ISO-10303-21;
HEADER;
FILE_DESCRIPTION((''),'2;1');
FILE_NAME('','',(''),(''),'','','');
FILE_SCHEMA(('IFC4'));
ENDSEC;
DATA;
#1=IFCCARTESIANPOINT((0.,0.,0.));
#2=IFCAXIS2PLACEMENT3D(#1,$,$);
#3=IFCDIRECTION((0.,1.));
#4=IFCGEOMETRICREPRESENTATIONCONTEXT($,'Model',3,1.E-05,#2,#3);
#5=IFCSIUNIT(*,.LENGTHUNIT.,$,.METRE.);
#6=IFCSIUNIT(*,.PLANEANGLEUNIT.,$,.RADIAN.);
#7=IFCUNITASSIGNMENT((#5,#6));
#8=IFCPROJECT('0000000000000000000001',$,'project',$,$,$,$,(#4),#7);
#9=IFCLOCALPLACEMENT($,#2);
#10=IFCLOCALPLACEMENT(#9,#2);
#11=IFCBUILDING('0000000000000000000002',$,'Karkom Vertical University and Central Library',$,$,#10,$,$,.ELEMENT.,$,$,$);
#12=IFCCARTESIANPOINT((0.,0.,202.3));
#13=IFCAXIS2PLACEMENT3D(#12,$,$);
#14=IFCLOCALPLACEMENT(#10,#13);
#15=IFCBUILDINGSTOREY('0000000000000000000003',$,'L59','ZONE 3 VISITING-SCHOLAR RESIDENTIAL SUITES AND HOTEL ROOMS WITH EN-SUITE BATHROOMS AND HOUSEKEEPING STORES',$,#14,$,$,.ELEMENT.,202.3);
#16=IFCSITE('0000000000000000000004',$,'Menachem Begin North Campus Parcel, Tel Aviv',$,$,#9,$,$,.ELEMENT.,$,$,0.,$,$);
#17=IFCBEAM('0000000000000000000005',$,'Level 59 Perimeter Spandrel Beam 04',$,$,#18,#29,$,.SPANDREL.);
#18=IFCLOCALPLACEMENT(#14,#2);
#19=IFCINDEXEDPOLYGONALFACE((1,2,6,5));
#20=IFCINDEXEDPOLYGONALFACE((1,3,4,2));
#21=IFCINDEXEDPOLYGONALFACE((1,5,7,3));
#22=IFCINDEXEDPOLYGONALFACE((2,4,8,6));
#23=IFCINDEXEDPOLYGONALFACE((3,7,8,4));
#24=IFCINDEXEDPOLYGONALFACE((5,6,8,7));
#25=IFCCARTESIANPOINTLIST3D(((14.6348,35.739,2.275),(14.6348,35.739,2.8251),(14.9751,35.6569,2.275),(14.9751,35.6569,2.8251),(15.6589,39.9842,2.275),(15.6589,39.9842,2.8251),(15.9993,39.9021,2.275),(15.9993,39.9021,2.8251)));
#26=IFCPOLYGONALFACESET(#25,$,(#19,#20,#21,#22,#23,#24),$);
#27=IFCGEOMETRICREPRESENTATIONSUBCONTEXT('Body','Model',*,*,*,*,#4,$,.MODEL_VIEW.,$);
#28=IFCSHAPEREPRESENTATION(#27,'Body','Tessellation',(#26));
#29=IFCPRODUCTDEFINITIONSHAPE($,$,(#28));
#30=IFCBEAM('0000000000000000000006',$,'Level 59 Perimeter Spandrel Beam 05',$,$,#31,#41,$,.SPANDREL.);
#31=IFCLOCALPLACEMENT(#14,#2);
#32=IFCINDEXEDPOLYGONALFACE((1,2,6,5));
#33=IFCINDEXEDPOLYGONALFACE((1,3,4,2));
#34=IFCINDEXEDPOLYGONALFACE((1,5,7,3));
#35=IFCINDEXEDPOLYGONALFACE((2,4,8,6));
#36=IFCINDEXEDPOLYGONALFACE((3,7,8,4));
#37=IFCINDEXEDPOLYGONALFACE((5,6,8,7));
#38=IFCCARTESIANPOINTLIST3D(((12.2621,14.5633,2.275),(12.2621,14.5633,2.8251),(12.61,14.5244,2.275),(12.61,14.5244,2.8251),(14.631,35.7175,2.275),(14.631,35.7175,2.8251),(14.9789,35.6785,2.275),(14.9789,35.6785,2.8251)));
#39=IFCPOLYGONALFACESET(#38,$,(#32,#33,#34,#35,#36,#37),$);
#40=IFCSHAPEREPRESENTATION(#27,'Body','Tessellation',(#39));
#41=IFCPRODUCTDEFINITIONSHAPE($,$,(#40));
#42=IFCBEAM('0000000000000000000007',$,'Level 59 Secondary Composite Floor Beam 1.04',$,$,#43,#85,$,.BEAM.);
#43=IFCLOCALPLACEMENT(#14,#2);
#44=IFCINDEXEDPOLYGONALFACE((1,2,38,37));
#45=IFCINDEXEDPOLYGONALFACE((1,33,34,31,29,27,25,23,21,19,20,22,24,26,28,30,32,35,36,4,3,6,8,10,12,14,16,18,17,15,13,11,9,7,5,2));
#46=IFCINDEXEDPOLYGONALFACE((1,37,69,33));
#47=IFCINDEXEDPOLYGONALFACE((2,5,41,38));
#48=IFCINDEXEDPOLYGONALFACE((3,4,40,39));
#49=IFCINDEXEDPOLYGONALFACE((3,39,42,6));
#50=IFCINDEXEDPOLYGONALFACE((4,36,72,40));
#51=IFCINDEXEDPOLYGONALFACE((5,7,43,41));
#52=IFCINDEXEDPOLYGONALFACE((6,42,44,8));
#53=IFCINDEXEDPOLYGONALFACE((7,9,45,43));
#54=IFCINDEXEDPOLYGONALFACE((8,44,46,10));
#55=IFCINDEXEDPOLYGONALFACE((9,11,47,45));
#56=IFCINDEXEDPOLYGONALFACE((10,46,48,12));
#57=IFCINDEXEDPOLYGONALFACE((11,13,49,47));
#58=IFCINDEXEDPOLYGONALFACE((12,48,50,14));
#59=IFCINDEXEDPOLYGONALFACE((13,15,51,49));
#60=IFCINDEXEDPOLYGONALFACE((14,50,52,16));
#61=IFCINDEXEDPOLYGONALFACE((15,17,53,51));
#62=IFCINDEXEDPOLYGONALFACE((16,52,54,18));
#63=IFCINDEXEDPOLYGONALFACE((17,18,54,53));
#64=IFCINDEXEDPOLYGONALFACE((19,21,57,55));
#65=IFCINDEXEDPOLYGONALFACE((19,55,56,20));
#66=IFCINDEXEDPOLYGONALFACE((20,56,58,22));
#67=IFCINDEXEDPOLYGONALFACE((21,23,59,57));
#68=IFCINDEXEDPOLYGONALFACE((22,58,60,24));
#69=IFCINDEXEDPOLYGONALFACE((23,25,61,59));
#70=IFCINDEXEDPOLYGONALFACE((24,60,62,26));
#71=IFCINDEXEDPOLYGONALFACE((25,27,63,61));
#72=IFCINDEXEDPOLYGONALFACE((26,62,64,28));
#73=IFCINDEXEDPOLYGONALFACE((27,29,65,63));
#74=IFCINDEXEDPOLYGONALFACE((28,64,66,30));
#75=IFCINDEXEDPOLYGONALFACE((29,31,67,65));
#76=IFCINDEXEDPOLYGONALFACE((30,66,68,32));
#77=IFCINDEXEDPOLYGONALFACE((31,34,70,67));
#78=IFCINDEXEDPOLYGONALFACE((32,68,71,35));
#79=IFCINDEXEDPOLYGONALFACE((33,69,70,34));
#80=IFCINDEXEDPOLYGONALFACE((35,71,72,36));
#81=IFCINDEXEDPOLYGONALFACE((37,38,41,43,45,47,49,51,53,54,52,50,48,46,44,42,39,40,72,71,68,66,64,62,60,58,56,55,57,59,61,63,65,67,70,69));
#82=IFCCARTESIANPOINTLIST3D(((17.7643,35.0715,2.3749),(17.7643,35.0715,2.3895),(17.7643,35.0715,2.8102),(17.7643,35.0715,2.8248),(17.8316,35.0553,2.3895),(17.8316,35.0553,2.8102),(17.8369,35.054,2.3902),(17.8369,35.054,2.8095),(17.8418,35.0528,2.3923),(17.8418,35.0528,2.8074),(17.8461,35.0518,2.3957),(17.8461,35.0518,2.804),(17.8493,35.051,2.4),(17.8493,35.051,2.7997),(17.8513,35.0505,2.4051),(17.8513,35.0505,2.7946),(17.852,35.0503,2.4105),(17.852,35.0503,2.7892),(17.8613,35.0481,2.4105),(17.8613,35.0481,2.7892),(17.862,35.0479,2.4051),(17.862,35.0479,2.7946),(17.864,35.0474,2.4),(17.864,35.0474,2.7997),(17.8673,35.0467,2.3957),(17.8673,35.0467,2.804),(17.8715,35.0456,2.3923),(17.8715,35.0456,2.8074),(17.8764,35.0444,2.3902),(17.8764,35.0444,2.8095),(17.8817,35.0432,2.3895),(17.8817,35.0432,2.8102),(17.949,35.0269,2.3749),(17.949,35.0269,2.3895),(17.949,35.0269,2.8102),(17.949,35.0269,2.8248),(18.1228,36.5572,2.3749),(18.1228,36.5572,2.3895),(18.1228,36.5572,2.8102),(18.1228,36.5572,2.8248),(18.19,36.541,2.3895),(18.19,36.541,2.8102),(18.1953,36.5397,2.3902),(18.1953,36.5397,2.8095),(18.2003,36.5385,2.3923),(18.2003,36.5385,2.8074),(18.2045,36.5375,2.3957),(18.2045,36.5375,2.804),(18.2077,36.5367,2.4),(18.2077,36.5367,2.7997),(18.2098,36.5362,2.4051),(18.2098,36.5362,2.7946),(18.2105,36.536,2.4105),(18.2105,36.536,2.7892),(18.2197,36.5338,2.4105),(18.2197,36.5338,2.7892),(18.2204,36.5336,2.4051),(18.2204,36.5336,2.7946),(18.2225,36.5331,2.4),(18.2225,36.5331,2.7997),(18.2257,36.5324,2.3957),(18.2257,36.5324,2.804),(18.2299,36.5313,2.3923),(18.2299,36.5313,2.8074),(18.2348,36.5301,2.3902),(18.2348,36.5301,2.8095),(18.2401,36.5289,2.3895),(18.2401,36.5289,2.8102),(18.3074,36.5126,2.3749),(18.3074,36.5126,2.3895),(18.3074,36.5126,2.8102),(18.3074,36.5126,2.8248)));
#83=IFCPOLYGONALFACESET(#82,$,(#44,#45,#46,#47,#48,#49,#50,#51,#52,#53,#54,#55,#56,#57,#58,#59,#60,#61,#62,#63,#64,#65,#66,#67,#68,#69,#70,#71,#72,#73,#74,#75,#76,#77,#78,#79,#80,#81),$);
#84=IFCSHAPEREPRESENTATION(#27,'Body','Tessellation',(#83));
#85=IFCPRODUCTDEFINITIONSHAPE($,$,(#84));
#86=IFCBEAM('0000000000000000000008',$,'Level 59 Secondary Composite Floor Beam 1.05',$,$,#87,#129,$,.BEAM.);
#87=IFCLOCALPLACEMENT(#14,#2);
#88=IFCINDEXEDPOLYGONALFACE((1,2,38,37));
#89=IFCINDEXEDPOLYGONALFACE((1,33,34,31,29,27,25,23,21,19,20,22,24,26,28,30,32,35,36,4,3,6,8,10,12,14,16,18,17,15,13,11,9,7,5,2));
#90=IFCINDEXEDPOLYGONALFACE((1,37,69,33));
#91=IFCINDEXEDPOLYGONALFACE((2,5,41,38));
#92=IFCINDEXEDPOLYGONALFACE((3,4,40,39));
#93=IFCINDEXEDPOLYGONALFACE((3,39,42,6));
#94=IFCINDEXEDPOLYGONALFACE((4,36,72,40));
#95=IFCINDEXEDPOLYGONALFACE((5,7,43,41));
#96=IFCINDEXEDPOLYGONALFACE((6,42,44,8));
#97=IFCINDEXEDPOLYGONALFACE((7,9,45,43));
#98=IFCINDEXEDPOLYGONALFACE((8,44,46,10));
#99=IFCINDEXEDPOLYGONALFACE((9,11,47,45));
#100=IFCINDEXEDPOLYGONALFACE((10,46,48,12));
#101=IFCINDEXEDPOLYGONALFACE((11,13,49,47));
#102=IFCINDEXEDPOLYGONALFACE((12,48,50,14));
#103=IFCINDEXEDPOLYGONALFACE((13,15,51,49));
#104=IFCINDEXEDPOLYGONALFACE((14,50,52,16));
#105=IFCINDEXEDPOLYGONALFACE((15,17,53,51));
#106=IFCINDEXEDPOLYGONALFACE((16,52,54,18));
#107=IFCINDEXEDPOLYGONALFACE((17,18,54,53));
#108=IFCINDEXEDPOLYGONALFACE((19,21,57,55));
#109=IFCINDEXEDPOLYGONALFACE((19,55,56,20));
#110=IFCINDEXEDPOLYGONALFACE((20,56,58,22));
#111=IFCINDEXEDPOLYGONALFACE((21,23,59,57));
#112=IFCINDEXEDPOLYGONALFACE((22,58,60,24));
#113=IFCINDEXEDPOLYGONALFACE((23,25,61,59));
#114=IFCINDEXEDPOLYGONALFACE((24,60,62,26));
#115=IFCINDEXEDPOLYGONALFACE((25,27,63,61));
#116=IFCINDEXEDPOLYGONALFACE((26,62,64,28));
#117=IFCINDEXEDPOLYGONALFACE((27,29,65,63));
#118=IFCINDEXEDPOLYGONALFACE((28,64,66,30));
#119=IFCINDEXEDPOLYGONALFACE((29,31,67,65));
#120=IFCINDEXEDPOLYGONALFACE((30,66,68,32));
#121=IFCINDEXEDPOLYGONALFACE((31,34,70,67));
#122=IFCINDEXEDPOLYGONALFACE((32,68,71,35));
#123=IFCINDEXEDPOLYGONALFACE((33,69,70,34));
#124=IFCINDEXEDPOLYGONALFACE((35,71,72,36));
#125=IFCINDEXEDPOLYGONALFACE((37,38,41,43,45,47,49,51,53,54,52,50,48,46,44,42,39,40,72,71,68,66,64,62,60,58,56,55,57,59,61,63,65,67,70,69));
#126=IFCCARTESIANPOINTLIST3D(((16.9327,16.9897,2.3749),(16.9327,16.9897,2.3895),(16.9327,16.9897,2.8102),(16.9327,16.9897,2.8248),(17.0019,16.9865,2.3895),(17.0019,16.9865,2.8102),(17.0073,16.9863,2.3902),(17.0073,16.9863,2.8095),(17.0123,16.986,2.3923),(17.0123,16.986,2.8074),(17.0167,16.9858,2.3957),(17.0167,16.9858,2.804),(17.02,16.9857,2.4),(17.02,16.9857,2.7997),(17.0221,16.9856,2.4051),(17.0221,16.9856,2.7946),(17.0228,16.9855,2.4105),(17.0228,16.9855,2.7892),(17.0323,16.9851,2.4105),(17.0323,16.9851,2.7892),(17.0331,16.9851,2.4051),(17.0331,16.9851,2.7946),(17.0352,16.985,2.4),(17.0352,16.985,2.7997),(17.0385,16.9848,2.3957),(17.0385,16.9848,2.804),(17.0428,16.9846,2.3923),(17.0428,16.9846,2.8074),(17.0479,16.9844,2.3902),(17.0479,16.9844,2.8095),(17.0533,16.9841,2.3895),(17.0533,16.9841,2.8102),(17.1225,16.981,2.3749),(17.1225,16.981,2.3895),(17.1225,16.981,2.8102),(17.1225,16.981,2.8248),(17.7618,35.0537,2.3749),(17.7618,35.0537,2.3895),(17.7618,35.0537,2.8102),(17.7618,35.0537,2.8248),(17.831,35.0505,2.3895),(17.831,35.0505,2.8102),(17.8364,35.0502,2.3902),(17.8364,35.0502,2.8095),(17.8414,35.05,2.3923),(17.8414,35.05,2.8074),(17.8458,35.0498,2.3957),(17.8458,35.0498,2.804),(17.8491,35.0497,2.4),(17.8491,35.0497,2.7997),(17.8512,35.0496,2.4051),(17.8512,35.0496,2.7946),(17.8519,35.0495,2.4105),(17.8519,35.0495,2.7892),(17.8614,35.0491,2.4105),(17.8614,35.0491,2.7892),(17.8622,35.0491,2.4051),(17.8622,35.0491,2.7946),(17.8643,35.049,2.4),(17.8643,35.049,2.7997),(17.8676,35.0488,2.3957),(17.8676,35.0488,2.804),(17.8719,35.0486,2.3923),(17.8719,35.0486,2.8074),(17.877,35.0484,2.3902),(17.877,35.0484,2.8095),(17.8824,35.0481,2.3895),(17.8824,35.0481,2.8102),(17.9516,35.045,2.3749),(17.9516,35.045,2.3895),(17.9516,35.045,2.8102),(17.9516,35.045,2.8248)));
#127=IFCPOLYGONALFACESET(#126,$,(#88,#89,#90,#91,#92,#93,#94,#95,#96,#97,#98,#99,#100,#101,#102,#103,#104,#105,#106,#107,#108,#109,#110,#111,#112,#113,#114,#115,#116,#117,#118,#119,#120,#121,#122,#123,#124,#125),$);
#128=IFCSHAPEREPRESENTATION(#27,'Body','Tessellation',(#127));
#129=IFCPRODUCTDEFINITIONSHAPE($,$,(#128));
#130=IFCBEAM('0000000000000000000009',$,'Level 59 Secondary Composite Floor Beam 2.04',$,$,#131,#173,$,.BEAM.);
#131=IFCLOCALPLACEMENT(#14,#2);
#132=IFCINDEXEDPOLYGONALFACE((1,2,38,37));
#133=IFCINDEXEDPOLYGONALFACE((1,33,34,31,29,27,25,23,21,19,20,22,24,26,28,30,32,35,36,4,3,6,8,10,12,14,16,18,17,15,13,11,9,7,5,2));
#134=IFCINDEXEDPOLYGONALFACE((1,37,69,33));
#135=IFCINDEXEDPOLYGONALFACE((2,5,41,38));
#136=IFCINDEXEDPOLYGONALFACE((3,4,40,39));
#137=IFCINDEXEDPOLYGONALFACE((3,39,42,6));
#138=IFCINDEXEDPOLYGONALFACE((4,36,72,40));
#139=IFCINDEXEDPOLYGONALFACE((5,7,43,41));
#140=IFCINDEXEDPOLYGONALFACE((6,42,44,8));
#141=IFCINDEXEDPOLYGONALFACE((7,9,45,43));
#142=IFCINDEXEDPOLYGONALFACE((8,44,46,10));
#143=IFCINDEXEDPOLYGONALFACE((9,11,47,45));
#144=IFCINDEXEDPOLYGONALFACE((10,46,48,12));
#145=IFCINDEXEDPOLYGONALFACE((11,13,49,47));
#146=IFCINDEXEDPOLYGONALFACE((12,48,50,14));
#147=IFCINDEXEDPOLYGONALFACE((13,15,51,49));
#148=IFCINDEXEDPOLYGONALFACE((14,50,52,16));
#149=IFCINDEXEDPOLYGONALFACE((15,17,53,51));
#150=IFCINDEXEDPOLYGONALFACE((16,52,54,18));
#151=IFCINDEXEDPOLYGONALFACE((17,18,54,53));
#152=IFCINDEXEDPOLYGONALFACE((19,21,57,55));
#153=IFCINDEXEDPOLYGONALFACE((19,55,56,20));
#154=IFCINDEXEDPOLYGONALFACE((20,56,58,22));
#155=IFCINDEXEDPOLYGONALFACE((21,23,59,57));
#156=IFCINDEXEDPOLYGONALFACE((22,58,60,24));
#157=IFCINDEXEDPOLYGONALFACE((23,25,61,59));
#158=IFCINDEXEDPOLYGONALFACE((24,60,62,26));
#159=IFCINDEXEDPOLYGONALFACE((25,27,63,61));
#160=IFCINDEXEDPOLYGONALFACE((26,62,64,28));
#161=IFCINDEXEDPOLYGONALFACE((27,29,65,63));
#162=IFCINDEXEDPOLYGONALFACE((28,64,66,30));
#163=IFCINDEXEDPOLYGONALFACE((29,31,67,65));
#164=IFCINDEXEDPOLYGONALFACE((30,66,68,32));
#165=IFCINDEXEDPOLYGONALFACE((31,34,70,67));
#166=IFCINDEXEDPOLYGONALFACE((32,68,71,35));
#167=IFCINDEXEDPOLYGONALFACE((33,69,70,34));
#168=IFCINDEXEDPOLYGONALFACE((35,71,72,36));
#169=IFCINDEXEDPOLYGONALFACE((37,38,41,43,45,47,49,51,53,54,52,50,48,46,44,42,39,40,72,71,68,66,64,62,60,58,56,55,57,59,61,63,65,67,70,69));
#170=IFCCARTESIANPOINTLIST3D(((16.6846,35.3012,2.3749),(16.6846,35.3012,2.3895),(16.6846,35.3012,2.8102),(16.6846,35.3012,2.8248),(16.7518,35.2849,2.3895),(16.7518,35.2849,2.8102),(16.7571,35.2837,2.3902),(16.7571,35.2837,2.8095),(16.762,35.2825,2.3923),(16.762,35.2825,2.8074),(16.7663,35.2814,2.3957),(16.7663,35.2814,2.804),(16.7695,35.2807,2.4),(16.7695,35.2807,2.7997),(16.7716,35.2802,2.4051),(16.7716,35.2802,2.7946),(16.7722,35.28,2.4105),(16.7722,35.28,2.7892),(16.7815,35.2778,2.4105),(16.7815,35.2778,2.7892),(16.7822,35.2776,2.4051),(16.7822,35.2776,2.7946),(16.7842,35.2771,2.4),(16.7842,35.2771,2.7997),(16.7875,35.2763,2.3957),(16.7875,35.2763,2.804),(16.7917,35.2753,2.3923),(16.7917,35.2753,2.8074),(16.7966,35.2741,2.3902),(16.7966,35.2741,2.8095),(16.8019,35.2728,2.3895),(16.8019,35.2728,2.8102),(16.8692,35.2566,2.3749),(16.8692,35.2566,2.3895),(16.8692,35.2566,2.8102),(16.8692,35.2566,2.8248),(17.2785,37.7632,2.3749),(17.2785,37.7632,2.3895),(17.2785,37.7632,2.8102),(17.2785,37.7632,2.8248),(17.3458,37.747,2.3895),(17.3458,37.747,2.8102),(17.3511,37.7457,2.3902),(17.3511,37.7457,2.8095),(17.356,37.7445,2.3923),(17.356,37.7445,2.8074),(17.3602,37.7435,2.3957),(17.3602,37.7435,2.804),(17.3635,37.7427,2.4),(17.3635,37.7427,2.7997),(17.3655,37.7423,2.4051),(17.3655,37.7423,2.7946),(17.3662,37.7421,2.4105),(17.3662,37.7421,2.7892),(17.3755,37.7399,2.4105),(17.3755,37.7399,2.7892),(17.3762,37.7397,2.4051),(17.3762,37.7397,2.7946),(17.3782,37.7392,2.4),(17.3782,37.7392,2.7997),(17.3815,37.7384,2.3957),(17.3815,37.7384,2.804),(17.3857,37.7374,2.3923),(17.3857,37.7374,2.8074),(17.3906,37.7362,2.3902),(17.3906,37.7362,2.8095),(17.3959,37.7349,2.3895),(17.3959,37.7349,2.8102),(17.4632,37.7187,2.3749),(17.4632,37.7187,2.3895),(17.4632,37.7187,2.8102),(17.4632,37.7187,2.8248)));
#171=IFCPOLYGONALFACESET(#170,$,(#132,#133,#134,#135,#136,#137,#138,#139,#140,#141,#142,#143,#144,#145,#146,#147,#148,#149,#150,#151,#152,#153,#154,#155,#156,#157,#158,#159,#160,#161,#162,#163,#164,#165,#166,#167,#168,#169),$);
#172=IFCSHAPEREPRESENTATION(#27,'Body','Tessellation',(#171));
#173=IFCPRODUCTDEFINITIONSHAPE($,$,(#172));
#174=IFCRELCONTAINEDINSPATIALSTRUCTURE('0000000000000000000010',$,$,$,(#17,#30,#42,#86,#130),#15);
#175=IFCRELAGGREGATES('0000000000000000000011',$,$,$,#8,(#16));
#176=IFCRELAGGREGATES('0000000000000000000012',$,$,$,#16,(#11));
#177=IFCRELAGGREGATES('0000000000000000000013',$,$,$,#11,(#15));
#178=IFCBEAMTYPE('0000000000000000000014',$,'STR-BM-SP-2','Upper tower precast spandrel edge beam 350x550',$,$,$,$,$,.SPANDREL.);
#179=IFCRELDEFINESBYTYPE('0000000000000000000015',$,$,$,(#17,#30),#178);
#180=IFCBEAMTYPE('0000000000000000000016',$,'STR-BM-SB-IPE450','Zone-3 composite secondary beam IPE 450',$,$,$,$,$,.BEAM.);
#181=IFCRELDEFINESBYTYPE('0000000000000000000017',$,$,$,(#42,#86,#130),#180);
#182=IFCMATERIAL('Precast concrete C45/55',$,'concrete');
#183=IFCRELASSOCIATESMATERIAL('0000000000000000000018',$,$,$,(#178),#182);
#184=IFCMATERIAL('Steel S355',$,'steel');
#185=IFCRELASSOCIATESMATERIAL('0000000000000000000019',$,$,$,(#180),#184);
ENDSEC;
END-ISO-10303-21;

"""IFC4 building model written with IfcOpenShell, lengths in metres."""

from ifc_helpers import new_model, si_unit, direction, frame, origin, origin_with_axes, origin_2d, place, context, subcontext, project, spatial, rectangle, i_section, extrude, source, transform, mapped, material, material_profile, profile_set, type_object, element, save


model = new_model("IFC4")

# Units and contexts
model_context = context("Model", 3, precision=1e-05, world=origin(), true_north=direction((0.0, 1.0)))
body_context = subcontext(model_context, "Body", "Model", "MODEL_VIEW")
ifc_project = project(units=[si_unit("LENGTHUNIT", "METRE"), si_unit("PLANEANGLEUNIT", "RADIAN")], contexts=[model_context])

# Site, building, storey
site_placement = place(None, origin())
site = spatial("IfcSite", under=ifc_project, at=site_placement, Name="Menachem Begin North Campus Parcel, Tel Aviv", CompositionType="ELEMENT", RefElevation=0.0)
building_placement = place(site_placement, origin())
building = spatial("IfcBuilding", under=site, at=building_placement, Name="Karkom Vertical University and Central Library", CompositionType="ELEMENT")
storey_placement = place(building_placement, frame((0.0, 0.0, 202.3)))
storey = spatial("IfcBuildingStorey", under=building, at=storey_placement, Name="L59", Description="ZONE 3 VISITING-SCHOLAR RESIDENTIAL SUITES AND HOTEL ROOMS WITH EN-SUITE BATHROOMS AND HOUSEKEEPING STORES", CompositionType="ELEMENT", Elevation=202.3)

# Beams
ifc_material_1 = material(Name="Precast concrete C45/55", Category="concrete")
ifc_material_profile_1 = material_profile(ifc_material_1, rectangle(XDim=0.3501, YDim=0.55, at=origin_2d()), Name="SPB-350x550")
ifc_profile_set_1 = profile_set([ifc_material_profile_1], Name="Precast concrete C45/55")
beam_type_1 = type_object("IfcBeamType", Name="STR-BM-SP-2", Description="Upper tower precast spandrel edge beam 350x550", PredefinedType="SPANDREL", material=ifc_profile_set_1)
shared_shape_1 = source(origin_with_axes(), body_context, "Body", "SweptSolid", [
    extrude(rectangle(XDim=0.3501, YDim=0.55, at=origin_2d()), origin(), (0.0, 0.0, 1.0), 4.3669),
])
beam_1_placement = place(storey_placement, frame((15.8291, 39.9431, 2.55), z_axis=(-0.234529, -0.972109, 0.0), x_axis=(0.972109, -0.234529, 0.0)))
element("IfcBeam", 1, at=beam_1_placement, inside=storey, type_object=beam_type_1, Name="Level 59 Perimeter Spandrel Beam 04", PredefinedType="SPANDREL", context=body_context, shape_type="MappedRepresentation", body=[
    mapped(shared_shape_1, transform((0.0, 0.0, 0.0), scale=1.0)),
])
shared_shape_2 = source(origin_with_axes(), body_context, "Body", "SweptSolid", [
    extrude(rectangle(XDim=0.3501, YDim=0.55, at=origin_2d()), origin(), (0.0, 0.0, 1.0), 21.2864),
])
beam_2_placement = place(storey_placement, frame((14.8049, 35.698, 2.55), z_axis=(-0.111287, -0.993788, 0.0), x_axis=(0.993788, -0.111287, 0.0)))
element("IfcBeam", 2, at=beam_2_placement, inside=storey, type_object=beam_type_1, Name="Level 59 Perimeter Spandrel Beam 05", PredefinedType="SPANDREL", context=body_context, shape_type="MappedRepresentation", body=[
    mapped(shared_shape_2, transform((0.0, 0.0, 0.0), scale=1.0)),
])
ifc_material_2 = material(Name="Steel S355", Category="steel")
ifc_material_profile_2 = material_profile(ifc_material_2, i_section(OverallWidth=0.1899, OverallDepth=0.45, WebThickness=0.0095, FlangeThickness=0.0146, FilletRadius=0.021, at=origin_2d()), Name="IPE 450")
ifc_profile_set_2 = profile_set([ifc_material_profile_2], Name="Steel S355")
beam_type_2 = type_object("IfcBeamType", Name="STR-BM-SB-IPE450", Description="Zone-3 composite secondary beam IPE 450", PredefinedType="BEAM", material=ifc_profile_set_2)
shared_shape_3 = source(origin_with_axes(), body_context, "Body", "SweptSolid", [
    extrude(i_section(OverallWidth=0.1899, OverallDepth=0.45, WebThickness=0.0095, FlangeThickness=0.0146, FilletRadius=0.021, at=origin_2d()), origin(), (0.0, 0.0, 1.0), 1.5283),
])
beam_3_placement = place(storey_placement, frame((18.2151, 36.5349, 2.5999), z_axis=(-0.234521, -0.972111, 0.0), x_axis=(0.972111, -0.234521, 0.0)))
element("IfcBeam", 3, at=beam_3_placement, inside=storey, type_object=beam_type_2, Name="Level 59 Secondary Composite Floor Beam 1.04", PredefinedType="BEAM", context=body_context, shape_type="MappedRepresentation", body=[
    mapped(shared_shape_3, transform((0.0, 0.0, 0.0), scale=1.0)),
])
shared_shape_4 = source(origin_with_axes(), body_context, "Body", "SweptSolid", [
    extrude(i_section(OverallWidth=0.1899, OverallDepth=0.45, WebThickness=0.0095, FlangeThickness=0.0146, FilletRadius=0.021, at=origin_2d()), origin(), (0.0, 0.0, 1.0), 18.083),
])
beam_4_placement = place(storey_placement, frame((17.8567, 35.0493, 2.5999), z_axis=(-0.04585, -0.998948, 0.0), x_axis=(0.998948, -0.04585, 0.0)))
element("IfcBeam", 4, at=beam_4_placement, inside=storey, type_object=beam_type_2, Name="Level 59 Secondary Composite Floor Beam 1.05", PredefinedType="BEAM", context=body_context, shape_type="MappedRepresentation", body=[
    mapped(shared_shape_4, transform((0.0, 0.0, 0.0), scale=1.0)),
])
shared_shape_5 = source(origin_with_axes(), body_context, "Body", "SweptSolid", [
    extrude(i_section(OverallWidth=0.1899, OverallDepth=0.45, WebThickness=0.0095, FlangeThickness=0.0146, FilletRadius=0.021, at=origin_2d()), origin(), (0.0, 0.0, 1.0), 2.5327),
])
beam_5_placement = place(storey_placement, frame((17.3708, 37.741, 2.5999), z_axis=(-0.234521, -0.972111, 0.0), x_axis=(0.972111, -0.234521, 0.0)))
element("IfcBeam", 5, at=beam_5_placement, inside=storey, type_object=beam_type_2, Name="Level 59 Secondary Composite Floor Beam 2.04", PredefinedType="BEAM", context=body_context, shape_type="MappedRepresentation", body=[
    mapped(shared_shape_5, transform((0.0, 0.0, 0.0), scale=1.0)),
])

save(model, "model.ifc")
